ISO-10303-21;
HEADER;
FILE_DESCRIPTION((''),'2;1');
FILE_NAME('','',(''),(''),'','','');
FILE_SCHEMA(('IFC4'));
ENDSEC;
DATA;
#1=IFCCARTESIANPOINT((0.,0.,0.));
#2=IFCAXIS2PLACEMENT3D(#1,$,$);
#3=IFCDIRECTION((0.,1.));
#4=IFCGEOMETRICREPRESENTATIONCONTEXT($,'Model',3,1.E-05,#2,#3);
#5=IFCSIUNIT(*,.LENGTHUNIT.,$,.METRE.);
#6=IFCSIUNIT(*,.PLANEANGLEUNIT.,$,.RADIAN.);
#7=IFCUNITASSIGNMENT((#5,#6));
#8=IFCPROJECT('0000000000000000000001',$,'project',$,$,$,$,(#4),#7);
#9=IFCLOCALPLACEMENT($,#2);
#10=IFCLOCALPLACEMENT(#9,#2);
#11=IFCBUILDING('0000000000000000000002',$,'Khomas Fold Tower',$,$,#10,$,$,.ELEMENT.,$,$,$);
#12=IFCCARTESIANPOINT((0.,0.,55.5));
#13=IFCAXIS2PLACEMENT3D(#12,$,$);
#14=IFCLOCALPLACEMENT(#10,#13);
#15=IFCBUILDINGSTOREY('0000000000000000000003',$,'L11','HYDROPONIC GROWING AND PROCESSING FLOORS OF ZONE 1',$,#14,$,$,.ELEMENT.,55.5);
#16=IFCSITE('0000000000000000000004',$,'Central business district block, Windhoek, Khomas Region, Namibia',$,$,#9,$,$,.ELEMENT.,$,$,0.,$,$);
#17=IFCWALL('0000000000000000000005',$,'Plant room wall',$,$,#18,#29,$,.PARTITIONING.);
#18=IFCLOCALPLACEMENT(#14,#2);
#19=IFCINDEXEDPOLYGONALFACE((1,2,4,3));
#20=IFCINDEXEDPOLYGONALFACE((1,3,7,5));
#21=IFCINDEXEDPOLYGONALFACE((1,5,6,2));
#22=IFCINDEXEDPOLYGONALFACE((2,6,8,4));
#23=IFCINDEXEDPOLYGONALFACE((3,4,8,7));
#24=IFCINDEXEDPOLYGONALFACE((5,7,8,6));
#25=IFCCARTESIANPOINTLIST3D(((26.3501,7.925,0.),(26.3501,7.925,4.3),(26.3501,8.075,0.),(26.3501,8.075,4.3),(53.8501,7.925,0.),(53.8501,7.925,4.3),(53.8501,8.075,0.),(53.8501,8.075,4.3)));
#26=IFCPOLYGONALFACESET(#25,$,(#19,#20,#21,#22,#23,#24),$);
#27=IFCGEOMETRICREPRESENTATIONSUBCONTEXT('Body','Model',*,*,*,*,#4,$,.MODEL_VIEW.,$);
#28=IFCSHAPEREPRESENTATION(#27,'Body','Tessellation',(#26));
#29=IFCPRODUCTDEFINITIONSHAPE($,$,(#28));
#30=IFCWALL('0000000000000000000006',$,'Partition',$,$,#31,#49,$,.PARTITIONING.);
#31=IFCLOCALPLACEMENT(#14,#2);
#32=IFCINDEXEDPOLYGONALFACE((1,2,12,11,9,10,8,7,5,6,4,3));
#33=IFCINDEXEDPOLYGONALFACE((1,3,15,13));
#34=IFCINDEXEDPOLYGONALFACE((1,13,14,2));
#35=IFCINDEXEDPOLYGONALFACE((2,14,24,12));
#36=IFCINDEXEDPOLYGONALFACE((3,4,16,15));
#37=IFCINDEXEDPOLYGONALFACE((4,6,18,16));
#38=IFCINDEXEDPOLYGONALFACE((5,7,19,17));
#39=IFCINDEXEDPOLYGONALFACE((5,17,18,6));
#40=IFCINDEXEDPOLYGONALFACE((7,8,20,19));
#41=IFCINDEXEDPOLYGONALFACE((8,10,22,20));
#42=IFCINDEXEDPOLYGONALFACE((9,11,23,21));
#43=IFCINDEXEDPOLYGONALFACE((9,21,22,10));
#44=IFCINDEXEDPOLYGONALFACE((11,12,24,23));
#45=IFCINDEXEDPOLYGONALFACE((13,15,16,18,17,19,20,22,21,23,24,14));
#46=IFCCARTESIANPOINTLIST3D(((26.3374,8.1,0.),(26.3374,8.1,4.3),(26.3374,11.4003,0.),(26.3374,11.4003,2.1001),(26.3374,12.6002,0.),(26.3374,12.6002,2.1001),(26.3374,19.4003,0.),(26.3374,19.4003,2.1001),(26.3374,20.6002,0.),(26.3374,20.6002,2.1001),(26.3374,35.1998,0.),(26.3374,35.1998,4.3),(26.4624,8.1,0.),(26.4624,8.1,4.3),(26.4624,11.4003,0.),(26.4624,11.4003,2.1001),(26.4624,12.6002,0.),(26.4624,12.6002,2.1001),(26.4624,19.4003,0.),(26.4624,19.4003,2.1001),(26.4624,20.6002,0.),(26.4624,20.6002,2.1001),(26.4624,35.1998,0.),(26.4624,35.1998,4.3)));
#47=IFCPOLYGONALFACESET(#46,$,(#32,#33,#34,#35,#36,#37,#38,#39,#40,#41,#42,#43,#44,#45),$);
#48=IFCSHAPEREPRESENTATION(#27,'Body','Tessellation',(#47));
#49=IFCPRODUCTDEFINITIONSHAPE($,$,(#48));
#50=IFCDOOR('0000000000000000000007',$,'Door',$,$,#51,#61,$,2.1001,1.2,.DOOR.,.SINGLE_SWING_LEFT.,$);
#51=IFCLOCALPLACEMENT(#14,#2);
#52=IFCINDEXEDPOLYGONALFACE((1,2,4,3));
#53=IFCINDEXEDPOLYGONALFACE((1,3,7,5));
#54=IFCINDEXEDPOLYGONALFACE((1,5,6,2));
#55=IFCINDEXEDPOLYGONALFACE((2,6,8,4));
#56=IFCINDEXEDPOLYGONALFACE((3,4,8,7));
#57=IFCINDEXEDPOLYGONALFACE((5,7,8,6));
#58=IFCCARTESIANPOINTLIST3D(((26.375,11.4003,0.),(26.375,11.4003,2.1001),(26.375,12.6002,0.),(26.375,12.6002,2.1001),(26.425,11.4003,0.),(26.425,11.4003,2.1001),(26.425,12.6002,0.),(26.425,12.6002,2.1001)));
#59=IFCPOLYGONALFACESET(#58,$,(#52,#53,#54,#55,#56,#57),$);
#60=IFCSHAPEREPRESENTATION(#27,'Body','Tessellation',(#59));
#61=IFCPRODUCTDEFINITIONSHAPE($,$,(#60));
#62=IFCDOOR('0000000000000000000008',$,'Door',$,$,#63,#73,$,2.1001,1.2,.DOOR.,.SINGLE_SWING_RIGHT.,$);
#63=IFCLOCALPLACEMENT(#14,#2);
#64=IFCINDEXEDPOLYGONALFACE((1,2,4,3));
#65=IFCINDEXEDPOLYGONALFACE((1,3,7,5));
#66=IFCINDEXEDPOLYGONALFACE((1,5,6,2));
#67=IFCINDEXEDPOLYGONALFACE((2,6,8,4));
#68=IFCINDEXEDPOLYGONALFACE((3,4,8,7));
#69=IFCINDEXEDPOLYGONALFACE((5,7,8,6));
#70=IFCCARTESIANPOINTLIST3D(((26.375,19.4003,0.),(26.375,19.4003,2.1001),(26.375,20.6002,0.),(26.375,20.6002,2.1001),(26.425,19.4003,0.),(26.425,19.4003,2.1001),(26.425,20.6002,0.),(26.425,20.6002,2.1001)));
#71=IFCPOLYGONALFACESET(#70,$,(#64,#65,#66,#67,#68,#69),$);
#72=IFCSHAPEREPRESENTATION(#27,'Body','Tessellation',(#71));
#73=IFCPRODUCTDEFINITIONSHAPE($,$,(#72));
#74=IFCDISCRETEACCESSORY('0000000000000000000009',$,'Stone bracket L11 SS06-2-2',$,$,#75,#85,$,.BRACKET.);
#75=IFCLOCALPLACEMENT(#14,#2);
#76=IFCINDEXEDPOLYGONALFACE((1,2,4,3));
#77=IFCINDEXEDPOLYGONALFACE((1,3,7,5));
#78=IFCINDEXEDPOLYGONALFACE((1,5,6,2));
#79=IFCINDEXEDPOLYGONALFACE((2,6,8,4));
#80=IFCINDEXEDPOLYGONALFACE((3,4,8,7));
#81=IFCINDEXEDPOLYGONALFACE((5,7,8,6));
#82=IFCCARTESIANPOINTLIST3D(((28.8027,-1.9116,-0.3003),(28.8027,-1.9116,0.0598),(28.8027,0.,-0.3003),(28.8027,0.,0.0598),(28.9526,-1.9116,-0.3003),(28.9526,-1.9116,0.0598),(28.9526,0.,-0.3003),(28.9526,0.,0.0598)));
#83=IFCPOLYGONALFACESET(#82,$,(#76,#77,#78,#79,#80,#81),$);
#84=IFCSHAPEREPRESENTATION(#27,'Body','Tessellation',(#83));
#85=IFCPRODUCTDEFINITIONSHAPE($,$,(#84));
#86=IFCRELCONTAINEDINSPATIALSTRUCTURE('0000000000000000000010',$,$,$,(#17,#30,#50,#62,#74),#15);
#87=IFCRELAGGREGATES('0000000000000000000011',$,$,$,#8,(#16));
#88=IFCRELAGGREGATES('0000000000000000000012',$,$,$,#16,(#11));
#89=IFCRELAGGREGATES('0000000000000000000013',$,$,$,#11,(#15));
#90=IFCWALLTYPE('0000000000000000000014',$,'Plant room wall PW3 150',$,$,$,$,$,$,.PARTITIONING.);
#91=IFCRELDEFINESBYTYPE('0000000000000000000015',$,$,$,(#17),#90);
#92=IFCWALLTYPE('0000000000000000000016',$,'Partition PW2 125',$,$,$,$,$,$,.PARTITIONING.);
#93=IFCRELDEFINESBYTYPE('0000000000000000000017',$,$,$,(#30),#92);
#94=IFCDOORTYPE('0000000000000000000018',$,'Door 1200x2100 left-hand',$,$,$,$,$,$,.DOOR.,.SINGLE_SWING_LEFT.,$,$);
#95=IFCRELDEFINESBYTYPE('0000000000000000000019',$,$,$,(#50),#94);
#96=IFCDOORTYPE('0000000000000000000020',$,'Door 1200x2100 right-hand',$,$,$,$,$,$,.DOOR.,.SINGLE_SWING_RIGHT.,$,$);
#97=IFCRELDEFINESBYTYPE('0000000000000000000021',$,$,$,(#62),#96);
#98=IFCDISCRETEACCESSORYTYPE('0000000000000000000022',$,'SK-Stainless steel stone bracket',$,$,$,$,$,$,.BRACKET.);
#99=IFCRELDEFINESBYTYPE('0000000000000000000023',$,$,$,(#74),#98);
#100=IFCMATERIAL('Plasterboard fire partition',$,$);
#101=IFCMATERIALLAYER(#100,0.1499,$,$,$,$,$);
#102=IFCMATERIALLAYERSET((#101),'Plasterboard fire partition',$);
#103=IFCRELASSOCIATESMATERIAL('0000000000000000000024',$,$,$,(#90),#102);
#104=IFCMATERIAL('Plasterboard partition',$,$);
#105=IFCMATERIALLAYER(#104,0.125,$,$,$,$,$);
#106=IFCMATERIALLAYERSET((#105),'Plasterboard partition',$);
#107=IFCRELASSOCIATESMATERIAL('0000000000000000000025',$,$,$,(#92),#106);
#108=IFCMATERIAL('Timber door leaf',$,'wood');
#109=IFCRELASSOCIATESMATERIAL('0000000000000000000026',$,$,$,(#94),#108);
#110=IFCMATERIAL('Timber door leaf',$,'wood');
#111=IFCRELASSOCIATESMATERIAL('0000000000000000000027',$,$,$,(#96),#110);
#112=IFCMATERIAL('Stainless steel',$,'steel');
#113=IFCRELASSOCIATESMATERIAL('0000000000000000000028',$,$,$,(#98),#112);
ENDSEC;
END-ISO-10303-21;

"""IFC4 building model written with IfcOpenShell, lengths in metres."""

from ifc_helpers import new_model, si_unit, direction, frame, frame_2d, origin, origin_2d, place, context, subcontext, project, spatial, rectangle, extrude, source, transform, mapped, material, layer, layer_set, type_object, element, fill, save


model = new_model("IFC4")

# Units and contexts
model_context = context("Model", 3, precision=1e-05, world=origin(), true_north=direction((0.0, 1.0)))
body_context = subcontext(model_context, "Body", "Model", "MODEL_VIEW")
ifc_project = project(units=[si_unit("LENGTHUNIT", "METRE"), si_unit("PLANEANGLEUNIT", "RADIAN")], contexts=[model_context])

# Site, building, storey
site_placement = place(None, origin())
site = spatial("IfcSite", under=ifc_project, at=site_placement, Name="Central business district block, Windhoek, Khomas Region, Namibia", CompositionType="ELEMENT", RefElevation=0.0)
building_placement = place(site_placement, origin())
building = spatial("IfcBuilding", under=site, at=building_placement, Name="Khomas Fold Tower", CompositionType="ELEMENT")
storey_placement = place(building_placement, frame((0.0, 0.0, 55.5)))
storey = spatial("IfcBuildingStorey", under=building, at=storey_placement, Name="L11", Description="HYDROPONIC GROWING AND PROCESSING FLOORS OF ZONE 1", CompositionType="ELEMENT", Elevation=55.5)

# Shared definitions
ifc_material_1 = material(Name="Plasterboard fire partition")
ifc_layer_1 = layer(ifc_material_1, 0.1499)
ifc_layer_set_1 = layer_set([ifc_layer_1], Name="Plasterboard fire partition")
wall_type_1 = type_object("IfcWallType", Name="Plant room wall PW3 150", PredefinedType="PARTITIONING", material=ifc_layer_set_1)
shared_shape_1 = source(origin(), body_context, "Body", "SweptSolid", [
    extrude(rectangle(XDim=1.2, YDim=2.1001, at=frame_2d((0.6001, 1.05))), frame((0.0, 0.0249, 0.0), z_axis=(0.0, -1.0, 0.0), x_axis=(1.0, 0.0, 0.0)), (0.0, 0.0, 1.0), 0.05),
])

# Wall
shared_shape_2 = source(origin(), body_context, "Body", "SweptSolid", [
    extrude(rectangle(XDim=27.5, YDim=0.1499, at=frame_2d((13.75, 0.0))), origin(), (0.0, 0.0, 1.0), 4.3),
])
wall_1_placement = place(storey_placement, frame((26.3501, 8.0, 0.0), z_axis=(0.0, 0.0, 1.0), x_axis=(1.0, 0.0, 0.0)))
element("IfcWall", 1, at=wall_1_placement, inside=storey, type_object=wall_type_1, Name="Plant room wall", PredefinedType="PARTITIONING", context=body_context, shape_type="MappedRepresentation", body=[
    mapped(shared_shape_2, transform((0.0, 0.0, 0.0))),
])

# Wall, openings, doors
ifc_material_2 = material(Name="Plasterboard partition")
ifc_layer_2 = layer(ifc_material_2, 0.125)
ifc_layer_set_2 = layer_set([ifc_layer_2], Name="Plasterboard partition")
wall_type_2 = type_object("IfcWallType", Name="Partition PW2 125", PredefinedType="PARTITIONING", material=ifc_layer_set_2)
shared_shape_3 = source(origin(), body_context, "Body", "SweptSolid", [
    extrude(rectangle(XDim=27.0999, YDim=0.125, at=frame_2d((13.5498, 0.0))), origin(), (0.0, 0.0, 1.0), 4.3),
])
wall_2_placement = place(storey_placement, frame((26.3999, 8.1001, 0.0), z_axis=(0.0, 0.0, 1.0), x_axis=(0.0, 1.0, 0.0)))
wall_2 = element("IfcWall", 2, at=wall_2_placement, inside=storey, type_object=wall_type_2, Name="Partition", PredefinedType="PARTITIONING", context=body_context, shape_type="MappedRepresentation", body=[
    mapped(shared_shape_3, transform((0.0, 0.0, 0.0))),
])
shared_shape_4 = source(origin(), body_context, "Body", "SweptSolid", [
    extrude(rectangle(XDim=1.2, YDim=2.1001, at=frame_2d((0.6001, 1.05))), frame((0.0, 0.0725, 0.0), z_axis=(0.0, -1.0, 0.0), x_axis=(1.0, 0.0, 0.0)), (0.0, 0.0, 1.0), 0.145),
])
opening_1_placement = place(wall_2_placement, frame((3.3, 0.0, 0.0)))
opening_1 = element("IfcOpeningElement", 3, at=opening_1_placement, cuts=wall_2, PredefinedType="OPENING", context=body_context, shape_type="MappedRepresentation", body=[
    mapped(shared_shape_4, transform((0.0, 0.0, 0.0))),
])
opening_2_placement = place(wall_2_placement, frame((11.3, 0.0, 0.0)))
opening_2 = element("IfcOpeningElement", 4, at=opening_2_placement, cuts=wall_2, PredefinedType="OPENING", context=body_context, shape_type="MappedRepresentation", body=[
    mapped(shared_shape_4, transform((0.0, 0.0, 0.0))),
])
ifc_material_3 = material(Name="Timber door leaf", Category="wood")
door_type_1 = type_object("IfcDoorType", Name="Door 1200x2100 left-hand", OperationType="SINGLE_SWING_LEFT", PredefinedType="DOOR", material=ifc_material_3)
door_1_placement = place(opening_1_placement, origin())
door_1 = element("IfcDoor", 5, at=door_1_placement, inside=storey, type_object=door_type_1, Name="Door", OperationType="SINGLE_SWING_LEFT", OverallHeight=2.1001, OverallWidth=1.2, PredefinedType="DOOR", context=body_context, shape_type="MappedRepresentation", body=[
    mapped(shared_shape_1, transform((0.0, 0.0, 0.0))),
])
fill(opening_1, door_1)
ifc_material_4 = material(Name="Timber door leaf", Category="wood")
door_type_2 = type_object("IfcDoorType", Name="Door 1200x2100 right-hand", OperationType="SINGLE_SWING_RIGHT", PredefinedType="DOOR", material=ifc_material_4)
door_2_placement = place(opening_2_placement, origin())
door_2 = element("IfcDoor", 6, at=door_2_placement, inside=storey, type_object=door_type_2, Name="Door", OperationType="SINGLE_SWING_RIGHT", OverallHeight=2.1001, OverallWidth=1.2, PredefinedType="DOOR", context=body_context, shape_type="MappedRepresentation", body=[
    mapped(shared_shape_1, transform((0.0, 0.0, 0.0))),
])
fill(opening_2, door_2)

# Discrete accessory
ifc_material_5 = material(Name="Stainless steel", Category="steel")
discrete_accessory_type = type_object("IfcDiscreteAccessoryType", Name="SK-Stainless steel stone bracket", PredefinedType="BRACKET", material=ifc_material_5)
shared_shape_5 = source(origin(), body_context, "Body", "SweptSolid", [
    extrude(rectangle(XDim=1.9116, YDim=0.1499, at=origin_2d()), origin(), (0.0, 0.0, 1.0), 0.3601),
])
discrete_accessory_placement = place(storey_placement, frame((28.8777, -0.9558, -0.3003), z_axis=(0.0, 0.0, 1.0), x_axis=(0.0, -1.0, 0.0)))
element("IfcDiscreteAccessory", 7, at=discrete_accessory_placement, inside=storey, type_object=discrete_accessory_type, Name="Stone bracket L11 SS06-2-2", PredefinedType="BRACKET", context=body_context, shape_type="MappedRepresentation", body=[
    mapped(shared_shape_5, transform((0.0, 0.0, 0.0))),
])

save(model, "model.ifc")
